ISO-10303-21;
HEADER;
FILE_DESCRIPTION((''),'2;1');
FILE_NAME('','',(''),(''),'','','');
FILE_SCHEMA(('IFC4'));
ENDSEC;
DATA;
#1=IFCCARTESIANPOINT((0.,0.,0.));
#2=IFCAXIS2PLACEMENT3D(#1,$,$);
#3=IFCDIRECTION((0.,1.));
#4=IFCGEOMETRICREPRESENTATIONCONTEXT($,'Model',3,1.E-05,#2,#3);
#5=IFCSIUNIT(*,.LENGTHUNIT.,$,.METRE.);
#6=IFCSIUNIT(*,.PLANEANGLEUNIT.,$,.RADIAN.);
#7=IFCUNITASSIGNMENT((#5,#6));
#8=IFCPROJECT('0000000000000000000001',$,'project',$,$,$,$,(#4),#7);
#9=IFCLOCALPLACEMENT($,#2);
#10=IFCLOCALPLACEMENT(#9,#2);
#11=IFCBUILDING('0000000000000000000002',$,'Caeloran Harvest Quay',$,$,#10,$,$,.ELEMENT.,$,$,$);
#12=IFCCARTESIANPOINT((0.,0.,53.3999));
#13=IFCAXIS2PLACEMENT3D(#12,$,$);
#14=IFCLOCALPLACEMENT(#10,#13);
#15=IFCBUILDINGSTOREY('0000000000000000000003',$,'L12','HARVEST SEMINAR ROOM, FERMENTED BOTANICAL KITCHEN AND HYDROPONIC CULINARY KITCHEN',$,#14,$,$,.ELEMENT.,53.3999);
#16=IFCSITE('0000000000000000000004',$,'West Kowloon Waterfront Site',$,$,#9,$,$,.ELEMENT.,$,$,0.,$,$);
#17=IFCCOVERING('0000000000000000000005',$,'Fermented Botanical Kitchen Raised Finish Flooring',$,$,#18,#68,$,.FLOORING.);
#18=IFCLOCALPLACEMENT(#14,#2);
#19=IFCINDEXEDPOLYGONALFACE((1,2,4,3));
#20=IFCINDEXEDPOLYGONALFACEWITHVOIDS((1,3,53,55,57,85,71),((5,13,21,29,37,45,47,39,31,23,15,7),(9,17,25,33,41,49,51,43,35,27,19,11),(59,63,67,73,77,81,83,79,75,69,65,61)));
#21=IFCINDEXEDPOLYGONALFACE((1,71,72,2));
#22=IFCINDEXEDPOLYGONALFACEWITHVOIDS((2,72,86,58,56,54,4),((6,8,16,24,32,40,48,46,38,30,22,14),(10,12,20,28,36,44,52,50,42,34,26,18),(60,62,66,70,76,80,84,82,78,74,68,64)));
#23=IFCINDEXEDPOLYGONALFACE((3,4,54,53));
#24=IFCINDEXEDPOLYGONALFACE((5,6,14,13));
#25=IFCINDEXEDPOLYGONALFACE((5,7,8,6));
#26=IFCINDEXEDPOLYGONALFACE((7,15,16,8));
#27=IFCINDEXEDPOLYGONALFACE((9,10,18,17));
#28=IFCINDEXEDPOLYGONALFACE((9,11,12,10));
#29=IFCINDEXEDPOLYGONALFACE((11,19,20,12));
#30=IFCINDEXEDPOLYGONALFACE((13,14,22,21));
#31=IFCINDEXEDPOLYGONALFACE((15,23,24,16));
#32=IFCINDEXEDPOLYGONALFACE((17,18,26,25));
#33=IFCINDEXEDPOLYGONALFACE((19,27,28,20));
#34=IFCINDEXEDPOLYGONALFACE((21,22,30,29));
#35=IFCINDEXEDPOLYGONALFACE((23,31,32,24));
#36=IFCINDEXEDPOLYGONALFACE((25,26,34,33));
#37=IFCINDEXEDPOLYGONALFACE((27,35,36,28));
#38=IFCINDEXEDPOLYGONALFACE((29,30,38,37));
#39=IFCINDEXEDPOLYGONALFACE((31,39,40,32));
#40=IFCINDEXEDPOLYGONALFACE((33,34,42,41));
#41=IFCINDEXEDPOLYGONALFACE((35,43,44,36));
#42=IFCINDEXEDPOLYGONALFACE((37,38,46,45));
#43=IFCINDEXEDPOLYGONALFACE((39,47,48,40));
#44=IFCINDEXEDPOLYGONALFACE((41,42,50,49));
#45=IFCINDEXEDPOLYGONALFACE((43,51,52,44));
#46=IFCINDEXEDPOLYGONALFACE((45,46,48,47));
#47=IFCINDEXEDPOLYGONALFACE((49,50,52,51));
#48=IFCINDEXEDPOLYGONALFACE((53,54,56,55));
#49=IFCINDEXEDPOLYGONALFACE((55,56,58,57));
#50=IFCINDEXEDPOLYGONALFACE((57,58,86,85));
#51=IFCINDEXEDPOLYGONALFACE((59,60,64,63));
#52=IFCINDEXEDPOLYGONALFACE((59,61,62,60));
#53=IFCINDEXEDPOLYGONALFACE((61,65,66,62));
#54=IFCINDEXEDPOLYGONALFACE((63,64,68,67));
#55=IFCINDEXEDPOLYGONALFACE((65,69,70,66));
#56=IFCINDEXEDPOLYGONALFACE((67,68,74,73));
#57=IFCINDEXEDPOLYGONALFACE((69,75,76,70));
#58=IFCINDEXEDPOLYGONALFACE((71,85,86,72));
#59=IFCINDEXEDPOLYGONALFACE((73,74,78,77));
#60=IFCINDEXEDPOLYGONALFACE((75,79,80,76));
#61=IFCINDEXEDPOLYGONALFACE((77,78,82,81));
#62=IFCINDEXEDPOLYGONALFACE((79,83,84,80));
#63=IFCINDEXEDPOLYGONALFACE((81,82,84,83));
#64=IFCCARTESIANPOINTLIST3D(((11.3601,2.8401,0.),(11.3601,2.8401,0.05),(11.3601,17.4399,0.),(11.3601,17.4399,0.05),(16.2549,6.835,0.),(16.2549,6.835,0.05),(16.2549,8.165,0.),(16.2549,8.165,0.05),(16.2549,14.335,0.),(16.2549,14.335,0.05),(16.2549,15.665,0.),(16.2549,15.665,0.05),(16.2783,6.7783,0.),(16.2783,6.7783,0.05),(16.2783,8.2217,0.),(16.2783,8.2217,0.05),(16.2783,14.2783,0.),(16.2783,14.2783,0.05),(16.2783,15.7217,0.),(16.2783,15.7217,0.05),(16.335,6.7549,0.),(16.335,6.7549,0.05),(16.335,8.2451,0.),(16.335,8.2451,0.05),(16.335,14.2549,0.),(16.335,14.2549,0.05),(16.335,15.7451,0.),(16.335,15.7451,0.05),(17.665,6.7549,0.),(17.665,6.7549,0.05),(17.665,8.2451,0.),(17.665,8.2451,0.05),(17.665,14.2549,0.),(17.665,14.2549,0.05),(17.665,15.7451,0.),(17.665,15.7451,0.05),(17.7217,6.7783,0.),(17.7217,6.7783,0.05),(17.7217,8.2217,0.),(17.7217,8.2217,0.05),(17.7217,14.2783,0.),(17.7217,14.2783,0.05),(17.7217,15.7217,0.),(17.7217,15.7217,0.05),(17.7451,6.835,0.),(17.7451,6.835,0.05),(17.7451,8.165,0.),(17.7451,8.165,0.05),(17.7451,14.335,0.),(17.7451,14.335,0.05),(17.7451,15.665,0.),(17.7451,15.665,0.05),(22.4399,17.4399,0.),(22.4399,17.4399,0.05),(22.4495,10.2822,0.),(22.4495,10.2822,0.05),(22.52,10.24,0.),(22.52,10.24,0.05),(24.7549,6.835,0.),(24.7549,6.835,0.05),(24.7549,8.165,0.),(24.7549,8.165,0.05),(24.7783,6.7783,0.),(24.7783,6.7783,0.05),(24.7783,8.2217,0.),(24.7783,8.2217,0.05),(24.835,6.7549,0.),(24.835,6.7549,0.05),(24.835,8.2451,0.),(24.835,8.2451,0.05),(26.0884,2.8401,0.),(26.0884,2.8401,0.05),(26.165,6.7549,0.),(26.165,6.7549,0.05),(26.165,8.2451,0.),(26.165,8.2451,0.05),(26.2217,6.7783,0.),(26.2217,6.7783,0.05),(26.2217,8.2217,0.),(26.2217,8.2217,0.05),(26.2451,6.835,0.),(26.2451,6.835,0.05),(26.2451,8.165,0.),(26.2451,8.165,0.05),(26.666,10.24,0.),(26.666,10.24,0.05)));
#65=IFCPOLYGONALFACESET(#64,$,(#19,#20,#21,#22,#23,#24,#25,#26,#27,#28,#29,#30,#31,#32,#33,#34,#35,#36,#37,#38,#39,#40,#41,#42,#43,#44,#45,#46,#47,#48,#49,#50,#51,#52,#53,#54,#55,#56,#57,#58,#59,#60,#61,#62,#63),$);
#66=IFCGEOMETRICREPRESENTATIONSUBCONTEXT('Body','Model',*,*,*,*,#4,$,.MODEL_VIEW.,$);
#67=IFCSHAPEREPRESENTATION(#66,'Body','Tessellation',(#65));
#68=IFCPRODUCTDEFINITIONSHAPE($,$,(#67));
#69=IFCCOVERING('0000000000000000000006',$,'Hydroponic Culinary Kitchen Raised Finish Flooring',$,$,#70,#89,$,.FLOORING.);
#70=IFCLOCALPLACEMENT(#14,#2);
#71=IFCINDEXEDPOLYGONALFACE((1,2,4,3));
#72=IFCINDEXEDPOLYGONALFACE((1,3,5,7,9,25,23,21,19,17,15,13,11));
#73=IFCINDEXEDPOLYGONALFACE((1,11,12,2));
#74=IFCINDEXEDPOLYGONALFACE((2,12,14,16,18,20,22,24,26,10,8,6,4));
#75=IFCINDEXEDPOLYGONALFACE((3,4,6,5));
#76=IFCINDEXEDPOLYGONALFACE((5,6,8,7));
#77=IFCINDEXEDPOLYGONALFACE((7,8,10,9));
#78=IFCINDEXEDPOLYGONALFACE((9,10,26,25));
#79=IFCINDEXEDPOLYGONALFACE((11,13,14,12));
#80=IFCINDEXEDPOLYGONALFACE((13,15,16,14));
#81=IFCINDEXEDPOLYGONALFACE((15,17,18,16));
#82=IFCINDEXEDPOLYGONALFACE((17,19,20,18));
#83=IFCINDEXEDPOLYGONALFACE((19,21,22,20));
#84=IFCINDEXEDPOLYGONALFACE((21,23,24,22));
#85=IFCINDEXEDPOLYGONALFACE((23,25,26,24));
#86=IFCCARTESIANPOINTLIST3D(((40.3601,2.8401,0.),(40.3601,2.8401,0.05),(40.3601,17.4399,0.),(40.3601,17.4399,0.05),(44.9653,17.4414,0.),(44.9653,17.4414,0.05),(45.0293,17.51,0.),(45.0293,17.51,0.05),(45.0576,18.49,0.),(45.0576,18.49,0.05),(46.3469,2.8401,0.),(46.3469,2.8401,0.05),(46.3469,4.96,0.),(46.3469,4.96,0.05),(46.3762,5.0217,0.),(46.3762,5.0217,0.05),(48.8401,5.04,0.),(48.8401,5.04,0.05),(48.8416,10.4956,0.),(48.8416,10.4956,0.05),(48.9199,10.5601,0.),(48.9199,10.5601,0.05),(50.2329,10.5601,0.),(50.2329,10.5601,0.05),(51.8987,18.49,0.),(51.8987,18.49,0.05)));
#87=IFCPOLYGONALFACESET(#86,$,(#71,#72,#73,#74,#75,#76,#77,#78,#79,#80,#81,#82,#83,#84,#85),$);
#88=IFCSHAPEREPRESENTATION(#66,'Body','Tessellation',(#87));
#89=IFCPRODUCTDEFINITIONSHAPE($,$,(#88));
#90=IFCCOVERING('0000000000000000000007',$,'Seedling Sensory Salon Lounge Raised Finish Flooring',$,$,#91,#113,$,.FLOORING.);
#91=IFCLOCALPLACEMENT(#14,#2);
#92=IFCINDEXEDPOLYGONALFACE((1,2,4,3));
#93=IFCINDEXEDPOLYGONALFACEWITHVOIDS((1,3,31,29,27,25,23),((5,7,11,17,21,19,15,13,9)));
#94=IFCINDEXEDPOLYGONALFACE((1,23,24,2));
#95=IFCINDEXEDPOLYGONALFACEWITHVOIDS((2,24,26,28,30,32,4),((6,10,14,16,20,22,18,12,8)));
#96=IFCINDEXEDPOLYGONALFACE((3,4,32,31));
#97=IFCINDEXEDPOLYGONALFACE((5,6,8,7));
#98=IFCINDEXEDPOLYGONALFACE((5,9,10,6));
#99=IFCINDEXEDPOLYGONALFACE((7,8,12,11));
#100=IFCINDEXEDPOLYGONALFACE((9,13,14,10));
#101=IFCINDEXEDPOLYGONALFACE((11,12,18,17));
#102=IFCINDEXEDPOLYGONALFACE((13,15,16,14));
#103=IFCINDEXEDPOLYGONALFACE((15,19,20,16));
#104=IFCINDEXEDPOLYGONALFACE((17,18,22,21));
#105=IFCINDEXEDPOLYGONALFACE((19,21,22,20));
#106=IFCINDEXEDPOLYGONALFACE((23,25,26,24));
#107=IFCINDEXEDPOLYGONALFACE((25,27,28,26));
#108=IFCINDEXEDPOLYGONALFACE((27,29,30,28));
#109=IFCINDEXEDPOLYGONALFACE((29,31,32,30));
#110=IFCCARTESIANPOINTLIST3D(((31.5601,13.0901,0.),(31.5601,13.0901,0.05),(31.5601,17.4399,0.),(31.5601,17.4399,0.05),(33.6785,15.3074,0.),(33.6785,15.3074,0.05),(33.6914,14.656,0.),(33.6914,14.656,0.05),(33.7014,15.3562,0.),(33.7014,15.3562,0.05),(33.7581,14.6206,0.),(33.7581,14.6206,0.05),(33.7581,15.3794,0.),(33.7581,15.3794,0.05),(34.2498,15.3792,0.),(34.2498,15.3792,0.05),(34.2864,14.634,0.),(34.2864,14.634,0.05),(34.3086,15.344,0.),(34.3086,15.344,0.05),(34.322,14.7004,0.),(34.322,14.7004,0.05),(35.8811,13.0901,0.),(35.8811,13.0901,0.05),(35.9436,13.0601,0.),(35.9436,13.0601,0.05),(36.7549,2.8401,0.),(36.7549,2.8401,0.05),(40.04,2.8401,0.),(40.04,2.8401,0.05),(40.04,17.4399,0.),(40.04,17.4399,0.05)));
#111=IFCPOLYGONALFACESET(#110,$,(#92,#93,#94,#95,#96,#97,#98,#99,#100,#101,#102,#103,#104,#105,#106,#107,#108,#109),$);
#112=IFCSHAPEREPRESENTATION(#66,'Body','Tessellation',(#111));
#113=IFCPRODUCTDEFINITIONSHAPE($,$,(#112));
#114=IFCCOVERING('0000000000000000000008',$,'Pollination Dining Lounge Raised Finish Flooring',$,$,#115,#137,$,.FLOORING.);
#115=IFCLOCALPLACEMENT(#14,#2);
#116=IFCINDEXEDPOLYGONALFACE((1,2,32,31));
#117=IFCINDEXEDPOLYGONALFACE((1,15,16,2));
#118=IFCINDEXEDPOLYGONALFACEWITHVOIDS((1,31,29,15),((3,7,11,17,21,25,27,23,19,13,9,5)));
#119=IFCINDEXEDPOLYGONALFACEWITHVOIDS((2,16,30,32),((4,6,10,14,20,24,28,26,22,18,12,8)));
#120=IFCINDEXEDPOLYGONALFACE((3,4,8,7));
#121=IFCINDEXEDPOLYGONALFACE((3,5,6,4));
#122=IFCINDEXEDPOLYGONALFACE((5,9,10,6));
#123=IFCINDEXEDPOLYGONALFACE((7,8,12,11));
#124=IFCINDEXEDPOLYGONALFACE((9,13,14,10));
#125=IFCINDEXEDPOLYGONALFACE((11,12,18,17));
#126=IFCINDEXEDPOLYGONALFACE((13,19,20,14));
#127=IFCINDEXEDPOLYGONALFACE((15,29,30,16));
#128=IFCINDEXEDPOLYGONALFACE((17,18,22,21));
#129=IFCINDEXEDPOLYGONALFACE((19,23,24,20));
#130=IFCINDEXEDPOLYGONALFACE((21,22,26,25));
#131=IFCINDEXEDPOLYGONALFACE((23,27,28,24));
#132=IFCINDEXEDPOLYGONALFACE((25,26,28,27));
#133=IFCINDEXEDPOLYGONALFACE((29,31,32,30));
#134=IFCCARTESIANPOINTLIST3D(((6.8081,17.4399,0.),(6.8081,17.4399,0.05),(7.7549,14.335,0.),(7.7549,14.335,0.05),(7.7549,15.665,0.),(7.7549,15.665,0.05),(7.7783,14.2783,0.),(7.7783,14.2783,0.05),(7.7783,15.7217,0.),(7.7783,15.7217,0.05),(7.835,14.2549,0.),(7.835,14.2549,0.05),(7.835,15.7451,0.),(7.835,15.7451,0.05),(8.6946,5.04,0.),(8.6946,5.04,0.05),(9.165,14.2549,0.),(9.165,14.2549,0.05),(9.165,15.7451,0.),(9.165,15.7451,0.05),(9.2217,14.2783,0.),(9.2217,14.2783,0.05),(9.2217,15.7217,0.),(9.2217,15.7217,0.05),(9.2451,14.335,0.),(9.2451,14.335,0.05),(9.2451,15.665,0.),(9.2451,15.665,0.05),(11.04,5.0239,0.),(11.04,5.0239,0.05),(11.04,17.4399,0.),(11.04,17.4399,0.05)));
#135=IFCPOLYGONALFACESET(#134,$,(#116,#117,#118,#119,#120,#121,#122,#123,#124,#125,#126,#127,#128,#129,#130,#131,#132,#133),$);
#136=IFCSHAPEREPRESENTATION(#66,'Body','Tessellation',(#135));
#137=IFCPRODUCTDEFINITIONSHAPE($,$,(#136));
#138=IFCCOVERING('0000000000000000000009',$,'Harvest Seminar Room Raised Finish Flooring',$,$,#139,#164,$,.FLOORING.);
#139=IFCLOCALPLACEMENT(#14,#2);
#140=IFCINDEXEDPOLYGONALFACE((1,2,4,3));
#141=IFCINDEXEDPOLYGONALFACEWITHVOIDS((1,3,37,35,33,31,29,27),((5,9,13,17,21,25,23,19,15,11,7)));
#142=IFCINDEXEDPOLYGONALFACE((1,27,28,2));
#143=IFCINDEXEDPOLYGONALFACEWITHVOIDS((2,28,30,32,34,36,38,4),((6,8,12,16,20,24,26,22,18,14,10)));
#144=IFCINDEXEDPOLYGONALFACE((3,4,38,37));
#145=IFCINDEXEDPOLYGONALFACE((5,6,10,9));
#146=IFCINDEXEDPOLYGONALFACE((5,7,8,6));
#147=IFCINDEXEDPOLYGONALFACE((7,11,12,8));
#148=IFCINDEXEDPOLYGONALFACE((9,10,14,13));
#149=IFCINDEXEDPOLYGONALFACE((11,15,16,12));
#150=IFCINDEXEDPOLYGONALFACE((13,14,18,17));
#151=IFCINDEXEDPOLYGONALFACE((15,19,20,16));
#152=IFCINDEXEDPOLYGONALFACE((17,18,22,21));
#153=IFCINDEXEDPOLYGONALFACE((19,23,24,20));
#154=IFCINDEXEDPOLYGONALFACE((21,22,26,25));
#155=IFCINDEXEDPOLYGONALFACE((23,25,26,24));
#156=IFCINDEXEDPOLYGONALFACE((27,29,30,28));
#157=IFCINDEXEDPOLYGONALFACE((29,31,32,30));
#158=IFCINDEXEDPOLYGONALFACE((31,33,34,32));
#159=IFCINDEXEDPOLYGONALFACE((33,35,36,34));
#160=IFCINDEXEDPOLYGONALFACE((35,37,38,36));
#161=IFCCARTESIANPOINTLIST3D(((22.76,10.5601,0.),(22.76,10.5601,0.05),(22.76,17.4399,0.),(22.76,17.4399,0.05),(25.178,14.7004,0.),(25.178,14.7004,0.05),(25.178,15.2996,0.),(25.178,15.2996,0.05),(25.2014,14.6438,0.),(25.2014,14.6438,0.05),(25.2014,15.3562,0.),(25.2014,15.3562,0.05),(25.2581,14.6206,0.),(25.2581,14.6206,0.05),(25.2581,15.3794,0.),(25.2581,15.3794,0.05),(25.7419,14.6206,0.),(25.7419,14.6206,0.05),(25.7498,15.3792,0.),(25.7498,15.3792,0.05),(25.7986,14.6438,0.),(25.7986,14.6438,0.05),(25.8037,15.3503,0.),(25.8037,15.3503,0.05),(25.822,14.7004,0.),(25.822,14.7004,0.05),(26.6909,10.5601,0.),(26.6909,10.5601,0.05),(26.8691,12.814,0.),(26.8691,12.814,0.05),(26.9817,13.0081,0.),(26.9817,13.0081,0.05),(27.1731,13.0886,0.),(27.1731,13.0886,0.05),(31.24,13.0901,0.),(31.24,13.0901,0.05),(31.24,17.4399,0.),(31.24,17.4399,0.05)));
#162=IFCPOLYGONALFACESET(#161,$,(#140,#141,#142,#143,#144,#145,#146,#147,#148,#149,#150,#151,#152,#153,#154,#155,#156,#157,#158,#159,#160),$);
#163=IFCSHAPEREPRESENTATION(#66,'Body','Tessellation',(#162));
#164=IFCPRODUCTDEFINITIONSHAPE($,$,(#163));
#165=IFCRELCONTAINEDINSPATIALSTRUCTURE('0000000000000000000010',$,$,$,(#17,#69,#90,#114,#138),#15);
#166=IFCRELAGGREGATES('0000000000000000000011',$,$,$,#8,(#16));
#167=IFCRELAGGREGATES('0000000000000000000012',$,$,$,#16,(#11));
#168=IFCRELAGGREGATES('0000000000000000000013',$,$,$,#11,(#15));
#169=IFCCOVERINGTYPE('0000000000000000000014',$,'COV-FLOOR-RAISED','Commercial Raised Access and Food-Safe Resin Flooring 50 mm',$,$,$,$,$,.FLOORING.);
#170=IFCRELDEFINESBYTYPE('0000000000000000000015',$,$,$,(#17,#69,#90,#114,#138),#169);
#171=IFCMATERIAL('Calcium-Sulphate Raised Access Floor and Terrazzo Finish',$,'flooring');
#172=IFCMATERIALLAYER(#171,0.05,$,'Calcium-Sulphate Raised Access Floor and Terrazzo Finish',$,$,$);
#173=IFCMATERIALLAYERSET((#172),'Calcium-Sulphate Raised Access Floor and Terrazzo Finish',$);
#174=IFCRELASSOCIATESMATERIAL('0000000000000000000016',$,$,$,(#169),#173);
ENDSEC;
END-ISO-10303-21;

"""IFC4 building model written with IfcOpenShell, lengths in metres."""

from ifc_helpers import new_model, si_unit, direction, frame, origin, place, context, subcontext, project, spatial, polyline, outline, extrude, material, layer, layer_set, type_object, element, save


model = new_model("IFC4")

# Units and contexts
model_context = context("Model", 3, precision=1e-05, world=origin(), true_north=direction((0.0, 1.0)))
body_context = subcontext(model_context, "Body", "Model", "MODEL_VIEW")
ifc_project = project(units=[si_unit("LENGTHUNIT", "METRE"), si_unit("PLANEANGLEUNIT", "RADIAN")], contexts=[model_context])

# Site, building, storey
site_placement = place(None, origin())
site = spatial("IfcSite", under=ifc_project, at=site_placement, Name="West Kowloon Waterfront Site", CompositionType="ELEMENT", RefElevation=0.0)
building_placement = place(site_placement, origin())
building = spatial("IfcBuilding", under=site, at=building_placement, Name="Caeloran Harvest Quay", CompositionType="ELEMENT")
storey_placement = place(building_placement, frame((0.0, 0.0, 53.3999)))
storey = spatial("IfcBuildingStorey", under=building, at=storey_placement, Name="L12", Description="HARVEST SEMINAR ROOM, FERMENTED BOTANICAL KITCHEN AND HYDROPONIC CULINARY KITCHEN", CompositionType="ELEMENT", Elevation=53.3999)

# Coverings
ifc_material_1 = material(Name="Calcium-Sulphate Raised Access Floor and Terrazzo Finish", Category="flooring")
ifc_layer_1 = layer(ifc_material_1, 0.05, Name="Calcium-Sulphate Raised Access Floor and Terrazzo Finish")
ifc_layer_set_1 = layer_set([ifc_layer_1], Name="Calcium-Sulphate Raised Access Floor and Terrazzo Finish")
covering_type_1 = type_object("IfcCoveringType", Name="COV-FLOOR-RAISED", Description="Commercial Raised Access and Food-Safe Resin Flooring 50 mm", PredefinedType="FLOORING", material=ifc_layer_set_1)
covering_1_placement = place(storey_placement, origin())
element("IfcCovering", 1, at=covering_1_placement, inside=storey, type_object=covering_type_1, Name="Fermented Botanical Kitchen Raised Finish Flooring", PredefinedType="FLOORING", context=body_context, shape_type="SweptSolid", body=[
    extrude(outline(polyline([(11.3601, 17.4399), (22.4399, 17.4399), (22.4495, 10.2822), (22.52, 10.24), (26.666, 10.24), (26.0884, 2.8401), (11.3601, 2.8401), (11.3601, 17.4399)]), holes=[polyline([(26.2451, 8.165), (26.2217, 8.2217), (26.165, 8.2451), (24.835, 8.2451), (24.7783, 8.2217), (24.7549, 8.165), (24.7549, 6.835), (24.7783, 6.7783), (24.835, 6.7549), (26.165, 6.7549), (26.2217, 6.7783), (26.2451, 6.835), (26.2451, 8.165)]), polyline([(16.335, 8.2451), (16.2783, 8.2217), (16.2549, 8.165), (16.2549, 6.835), (16.2783, 6.7783), (16.335, 6.7549), (17.665, 6.7549), (17.7217, 6.7783), (17.7451, 6.835), (17.7451, 8.165), (17.7217, 8.2217), (17.665, 8.2451), (16.335, 8.2451)]), polyline([(17.7451, 15.665), (17.7217, 15.7217), (17.665, 15.7451), (16.335, 15.7451), (16.2783, 15.7217), (16.2549, 15.665), (16.2549, 14.335), (16.2783, 14.2783), (16.335, 14.2549), (17.665, 14.2549), (17.7217, 14.2783), (17.7451, 14.335), (17.7451, 15.665)])]), origin(), (0.0, 0.0, 1.0), 0.05),
])
covering_2_placement = place(storey_placement, origin())
element("IfcCovering", 2, at=covering_2_placement, inside=storey, type_object=covering_type_1, Name="Hydroponic Culinary Kitchen Raised Finish Flooring", PredefinedType="FLOORING", context=body_context, shape_type="SweptSolid", body=[
    extrude(outline(polyline([(51.8987, 18.49), (50.2329, 10.5601), (48.9199, 10.5601), (48.8416, 10.4956), (48.8401, 5.04), (46.3762, 5.0217), (46.3469, 4.96), (46.3469, 2.8401), (40.3601, 2.8401), (40.3601, 17.4399), (44.9653, 17.4414), (45.0293, 17.51), (45.0576, 18.49), (51.8987, 18.49)])), origin(), (0.0, 0.0, 1.0), 0.05),
])
covering_3_placement = place(storey_placement, origin())
element("IfcCovering", 3, at=covering_3_placement, inside=storey, type_object=covering_type_1, Name="Seedling Sensory Salon Lounge Raised Finish Flooring", PredefinedType="FLOORING", context=body_context, shape_type="SweptSolid", body=[
    extrude(outline(polyline([(31.5601, 13.0901), (31.5601, 17.4399), (40.04, 17.4399), (40.04, 2.8401), (36.7549, 2.8401), (35.9436, 13.0601), (35.8811, 13.0901), (31.5601, 13.0901)]), holes=[polyline([(33.7581, 15.3794), (33.7014, 15.3562), (33.6785, 15.3074), (33.6914, 14.656), (33.7581, 14.6206), (34.2864, 14.634), (34.322, 14.7004), (34.3086, 15.344), (34.2498, 15.3792), (33.7581, 15.3794)])]), origin(), (0.0, 0.0, 1.0), 0.05),
])
covering_4_placement = place(storey_placement, origin())
element("IfcCovering", 4, at=covering_4_placement, inside=storey, type_object=covering_type_1, Name="Pollination Dining Lounge Raised Finish Flooring", PredefinedType="FLOORING", context=body_context, shape_type="SweptSolid", body=[
    extrude(outline(polyline([(11.04, 5.0239), (8.6946, 5.04), (6.8081, 17.4399), (11.04, 17.4399), (11.04, 5.0239)]), holes=[polyline([(9.2451, 15.665), (9.2217, 15.7217), (9.165, 15.7451), (7.835, 15.7451), (7.7783, 15.7217), (7.7549, 15.665), (7.7549, 14.335), (7.7783, 14.2783), (7.835, 14.2549), (9.165, 14.2549), (9.2217, 14.2783), (9.2451, 14.335), (9.2451, 15.665)])]), origin(), (0.0, 0.0, 1.0), 0.05),
])
covering_5_placement = place(storey_placement, origin())
element("IfcCovering", 5, at=covering_5_placement, inside=storey, type_object=covering_type_1, Name="Harvest Seminar Room Raised Finish Flooring", PredefinedType="FLOORING", context=body_context, shape_type="SweptSolid", body=[
    extrude(outline(polyline([(27.1731, 13.0886), (26.9817, 13.0081), (26.8691, 12.814), (26.6909, 10.5601), (22.76, 10.5601), (22.76, 17.4399), (31.24, 17.4399), (31.24, 13.0901), (27.1731, 13.0886)]), holes=[polyline([(25.822, 14.7004), (25.8037, 15.3503), (25.7498, 15.3792), (25.2581, 15.3794), (25.2014, 15.3562), (25.178, 15.2996), (25.178, 14.7004), (25.2014, 14.6438), (25.2581, 14.6206), (25.7419, 14.6206), (25.7986, 14.6438), (25.822, 14.7004)])]), origin(), (0.0, 0.0, 1.0), 0.05),
])

save(model, "model.ifc")
